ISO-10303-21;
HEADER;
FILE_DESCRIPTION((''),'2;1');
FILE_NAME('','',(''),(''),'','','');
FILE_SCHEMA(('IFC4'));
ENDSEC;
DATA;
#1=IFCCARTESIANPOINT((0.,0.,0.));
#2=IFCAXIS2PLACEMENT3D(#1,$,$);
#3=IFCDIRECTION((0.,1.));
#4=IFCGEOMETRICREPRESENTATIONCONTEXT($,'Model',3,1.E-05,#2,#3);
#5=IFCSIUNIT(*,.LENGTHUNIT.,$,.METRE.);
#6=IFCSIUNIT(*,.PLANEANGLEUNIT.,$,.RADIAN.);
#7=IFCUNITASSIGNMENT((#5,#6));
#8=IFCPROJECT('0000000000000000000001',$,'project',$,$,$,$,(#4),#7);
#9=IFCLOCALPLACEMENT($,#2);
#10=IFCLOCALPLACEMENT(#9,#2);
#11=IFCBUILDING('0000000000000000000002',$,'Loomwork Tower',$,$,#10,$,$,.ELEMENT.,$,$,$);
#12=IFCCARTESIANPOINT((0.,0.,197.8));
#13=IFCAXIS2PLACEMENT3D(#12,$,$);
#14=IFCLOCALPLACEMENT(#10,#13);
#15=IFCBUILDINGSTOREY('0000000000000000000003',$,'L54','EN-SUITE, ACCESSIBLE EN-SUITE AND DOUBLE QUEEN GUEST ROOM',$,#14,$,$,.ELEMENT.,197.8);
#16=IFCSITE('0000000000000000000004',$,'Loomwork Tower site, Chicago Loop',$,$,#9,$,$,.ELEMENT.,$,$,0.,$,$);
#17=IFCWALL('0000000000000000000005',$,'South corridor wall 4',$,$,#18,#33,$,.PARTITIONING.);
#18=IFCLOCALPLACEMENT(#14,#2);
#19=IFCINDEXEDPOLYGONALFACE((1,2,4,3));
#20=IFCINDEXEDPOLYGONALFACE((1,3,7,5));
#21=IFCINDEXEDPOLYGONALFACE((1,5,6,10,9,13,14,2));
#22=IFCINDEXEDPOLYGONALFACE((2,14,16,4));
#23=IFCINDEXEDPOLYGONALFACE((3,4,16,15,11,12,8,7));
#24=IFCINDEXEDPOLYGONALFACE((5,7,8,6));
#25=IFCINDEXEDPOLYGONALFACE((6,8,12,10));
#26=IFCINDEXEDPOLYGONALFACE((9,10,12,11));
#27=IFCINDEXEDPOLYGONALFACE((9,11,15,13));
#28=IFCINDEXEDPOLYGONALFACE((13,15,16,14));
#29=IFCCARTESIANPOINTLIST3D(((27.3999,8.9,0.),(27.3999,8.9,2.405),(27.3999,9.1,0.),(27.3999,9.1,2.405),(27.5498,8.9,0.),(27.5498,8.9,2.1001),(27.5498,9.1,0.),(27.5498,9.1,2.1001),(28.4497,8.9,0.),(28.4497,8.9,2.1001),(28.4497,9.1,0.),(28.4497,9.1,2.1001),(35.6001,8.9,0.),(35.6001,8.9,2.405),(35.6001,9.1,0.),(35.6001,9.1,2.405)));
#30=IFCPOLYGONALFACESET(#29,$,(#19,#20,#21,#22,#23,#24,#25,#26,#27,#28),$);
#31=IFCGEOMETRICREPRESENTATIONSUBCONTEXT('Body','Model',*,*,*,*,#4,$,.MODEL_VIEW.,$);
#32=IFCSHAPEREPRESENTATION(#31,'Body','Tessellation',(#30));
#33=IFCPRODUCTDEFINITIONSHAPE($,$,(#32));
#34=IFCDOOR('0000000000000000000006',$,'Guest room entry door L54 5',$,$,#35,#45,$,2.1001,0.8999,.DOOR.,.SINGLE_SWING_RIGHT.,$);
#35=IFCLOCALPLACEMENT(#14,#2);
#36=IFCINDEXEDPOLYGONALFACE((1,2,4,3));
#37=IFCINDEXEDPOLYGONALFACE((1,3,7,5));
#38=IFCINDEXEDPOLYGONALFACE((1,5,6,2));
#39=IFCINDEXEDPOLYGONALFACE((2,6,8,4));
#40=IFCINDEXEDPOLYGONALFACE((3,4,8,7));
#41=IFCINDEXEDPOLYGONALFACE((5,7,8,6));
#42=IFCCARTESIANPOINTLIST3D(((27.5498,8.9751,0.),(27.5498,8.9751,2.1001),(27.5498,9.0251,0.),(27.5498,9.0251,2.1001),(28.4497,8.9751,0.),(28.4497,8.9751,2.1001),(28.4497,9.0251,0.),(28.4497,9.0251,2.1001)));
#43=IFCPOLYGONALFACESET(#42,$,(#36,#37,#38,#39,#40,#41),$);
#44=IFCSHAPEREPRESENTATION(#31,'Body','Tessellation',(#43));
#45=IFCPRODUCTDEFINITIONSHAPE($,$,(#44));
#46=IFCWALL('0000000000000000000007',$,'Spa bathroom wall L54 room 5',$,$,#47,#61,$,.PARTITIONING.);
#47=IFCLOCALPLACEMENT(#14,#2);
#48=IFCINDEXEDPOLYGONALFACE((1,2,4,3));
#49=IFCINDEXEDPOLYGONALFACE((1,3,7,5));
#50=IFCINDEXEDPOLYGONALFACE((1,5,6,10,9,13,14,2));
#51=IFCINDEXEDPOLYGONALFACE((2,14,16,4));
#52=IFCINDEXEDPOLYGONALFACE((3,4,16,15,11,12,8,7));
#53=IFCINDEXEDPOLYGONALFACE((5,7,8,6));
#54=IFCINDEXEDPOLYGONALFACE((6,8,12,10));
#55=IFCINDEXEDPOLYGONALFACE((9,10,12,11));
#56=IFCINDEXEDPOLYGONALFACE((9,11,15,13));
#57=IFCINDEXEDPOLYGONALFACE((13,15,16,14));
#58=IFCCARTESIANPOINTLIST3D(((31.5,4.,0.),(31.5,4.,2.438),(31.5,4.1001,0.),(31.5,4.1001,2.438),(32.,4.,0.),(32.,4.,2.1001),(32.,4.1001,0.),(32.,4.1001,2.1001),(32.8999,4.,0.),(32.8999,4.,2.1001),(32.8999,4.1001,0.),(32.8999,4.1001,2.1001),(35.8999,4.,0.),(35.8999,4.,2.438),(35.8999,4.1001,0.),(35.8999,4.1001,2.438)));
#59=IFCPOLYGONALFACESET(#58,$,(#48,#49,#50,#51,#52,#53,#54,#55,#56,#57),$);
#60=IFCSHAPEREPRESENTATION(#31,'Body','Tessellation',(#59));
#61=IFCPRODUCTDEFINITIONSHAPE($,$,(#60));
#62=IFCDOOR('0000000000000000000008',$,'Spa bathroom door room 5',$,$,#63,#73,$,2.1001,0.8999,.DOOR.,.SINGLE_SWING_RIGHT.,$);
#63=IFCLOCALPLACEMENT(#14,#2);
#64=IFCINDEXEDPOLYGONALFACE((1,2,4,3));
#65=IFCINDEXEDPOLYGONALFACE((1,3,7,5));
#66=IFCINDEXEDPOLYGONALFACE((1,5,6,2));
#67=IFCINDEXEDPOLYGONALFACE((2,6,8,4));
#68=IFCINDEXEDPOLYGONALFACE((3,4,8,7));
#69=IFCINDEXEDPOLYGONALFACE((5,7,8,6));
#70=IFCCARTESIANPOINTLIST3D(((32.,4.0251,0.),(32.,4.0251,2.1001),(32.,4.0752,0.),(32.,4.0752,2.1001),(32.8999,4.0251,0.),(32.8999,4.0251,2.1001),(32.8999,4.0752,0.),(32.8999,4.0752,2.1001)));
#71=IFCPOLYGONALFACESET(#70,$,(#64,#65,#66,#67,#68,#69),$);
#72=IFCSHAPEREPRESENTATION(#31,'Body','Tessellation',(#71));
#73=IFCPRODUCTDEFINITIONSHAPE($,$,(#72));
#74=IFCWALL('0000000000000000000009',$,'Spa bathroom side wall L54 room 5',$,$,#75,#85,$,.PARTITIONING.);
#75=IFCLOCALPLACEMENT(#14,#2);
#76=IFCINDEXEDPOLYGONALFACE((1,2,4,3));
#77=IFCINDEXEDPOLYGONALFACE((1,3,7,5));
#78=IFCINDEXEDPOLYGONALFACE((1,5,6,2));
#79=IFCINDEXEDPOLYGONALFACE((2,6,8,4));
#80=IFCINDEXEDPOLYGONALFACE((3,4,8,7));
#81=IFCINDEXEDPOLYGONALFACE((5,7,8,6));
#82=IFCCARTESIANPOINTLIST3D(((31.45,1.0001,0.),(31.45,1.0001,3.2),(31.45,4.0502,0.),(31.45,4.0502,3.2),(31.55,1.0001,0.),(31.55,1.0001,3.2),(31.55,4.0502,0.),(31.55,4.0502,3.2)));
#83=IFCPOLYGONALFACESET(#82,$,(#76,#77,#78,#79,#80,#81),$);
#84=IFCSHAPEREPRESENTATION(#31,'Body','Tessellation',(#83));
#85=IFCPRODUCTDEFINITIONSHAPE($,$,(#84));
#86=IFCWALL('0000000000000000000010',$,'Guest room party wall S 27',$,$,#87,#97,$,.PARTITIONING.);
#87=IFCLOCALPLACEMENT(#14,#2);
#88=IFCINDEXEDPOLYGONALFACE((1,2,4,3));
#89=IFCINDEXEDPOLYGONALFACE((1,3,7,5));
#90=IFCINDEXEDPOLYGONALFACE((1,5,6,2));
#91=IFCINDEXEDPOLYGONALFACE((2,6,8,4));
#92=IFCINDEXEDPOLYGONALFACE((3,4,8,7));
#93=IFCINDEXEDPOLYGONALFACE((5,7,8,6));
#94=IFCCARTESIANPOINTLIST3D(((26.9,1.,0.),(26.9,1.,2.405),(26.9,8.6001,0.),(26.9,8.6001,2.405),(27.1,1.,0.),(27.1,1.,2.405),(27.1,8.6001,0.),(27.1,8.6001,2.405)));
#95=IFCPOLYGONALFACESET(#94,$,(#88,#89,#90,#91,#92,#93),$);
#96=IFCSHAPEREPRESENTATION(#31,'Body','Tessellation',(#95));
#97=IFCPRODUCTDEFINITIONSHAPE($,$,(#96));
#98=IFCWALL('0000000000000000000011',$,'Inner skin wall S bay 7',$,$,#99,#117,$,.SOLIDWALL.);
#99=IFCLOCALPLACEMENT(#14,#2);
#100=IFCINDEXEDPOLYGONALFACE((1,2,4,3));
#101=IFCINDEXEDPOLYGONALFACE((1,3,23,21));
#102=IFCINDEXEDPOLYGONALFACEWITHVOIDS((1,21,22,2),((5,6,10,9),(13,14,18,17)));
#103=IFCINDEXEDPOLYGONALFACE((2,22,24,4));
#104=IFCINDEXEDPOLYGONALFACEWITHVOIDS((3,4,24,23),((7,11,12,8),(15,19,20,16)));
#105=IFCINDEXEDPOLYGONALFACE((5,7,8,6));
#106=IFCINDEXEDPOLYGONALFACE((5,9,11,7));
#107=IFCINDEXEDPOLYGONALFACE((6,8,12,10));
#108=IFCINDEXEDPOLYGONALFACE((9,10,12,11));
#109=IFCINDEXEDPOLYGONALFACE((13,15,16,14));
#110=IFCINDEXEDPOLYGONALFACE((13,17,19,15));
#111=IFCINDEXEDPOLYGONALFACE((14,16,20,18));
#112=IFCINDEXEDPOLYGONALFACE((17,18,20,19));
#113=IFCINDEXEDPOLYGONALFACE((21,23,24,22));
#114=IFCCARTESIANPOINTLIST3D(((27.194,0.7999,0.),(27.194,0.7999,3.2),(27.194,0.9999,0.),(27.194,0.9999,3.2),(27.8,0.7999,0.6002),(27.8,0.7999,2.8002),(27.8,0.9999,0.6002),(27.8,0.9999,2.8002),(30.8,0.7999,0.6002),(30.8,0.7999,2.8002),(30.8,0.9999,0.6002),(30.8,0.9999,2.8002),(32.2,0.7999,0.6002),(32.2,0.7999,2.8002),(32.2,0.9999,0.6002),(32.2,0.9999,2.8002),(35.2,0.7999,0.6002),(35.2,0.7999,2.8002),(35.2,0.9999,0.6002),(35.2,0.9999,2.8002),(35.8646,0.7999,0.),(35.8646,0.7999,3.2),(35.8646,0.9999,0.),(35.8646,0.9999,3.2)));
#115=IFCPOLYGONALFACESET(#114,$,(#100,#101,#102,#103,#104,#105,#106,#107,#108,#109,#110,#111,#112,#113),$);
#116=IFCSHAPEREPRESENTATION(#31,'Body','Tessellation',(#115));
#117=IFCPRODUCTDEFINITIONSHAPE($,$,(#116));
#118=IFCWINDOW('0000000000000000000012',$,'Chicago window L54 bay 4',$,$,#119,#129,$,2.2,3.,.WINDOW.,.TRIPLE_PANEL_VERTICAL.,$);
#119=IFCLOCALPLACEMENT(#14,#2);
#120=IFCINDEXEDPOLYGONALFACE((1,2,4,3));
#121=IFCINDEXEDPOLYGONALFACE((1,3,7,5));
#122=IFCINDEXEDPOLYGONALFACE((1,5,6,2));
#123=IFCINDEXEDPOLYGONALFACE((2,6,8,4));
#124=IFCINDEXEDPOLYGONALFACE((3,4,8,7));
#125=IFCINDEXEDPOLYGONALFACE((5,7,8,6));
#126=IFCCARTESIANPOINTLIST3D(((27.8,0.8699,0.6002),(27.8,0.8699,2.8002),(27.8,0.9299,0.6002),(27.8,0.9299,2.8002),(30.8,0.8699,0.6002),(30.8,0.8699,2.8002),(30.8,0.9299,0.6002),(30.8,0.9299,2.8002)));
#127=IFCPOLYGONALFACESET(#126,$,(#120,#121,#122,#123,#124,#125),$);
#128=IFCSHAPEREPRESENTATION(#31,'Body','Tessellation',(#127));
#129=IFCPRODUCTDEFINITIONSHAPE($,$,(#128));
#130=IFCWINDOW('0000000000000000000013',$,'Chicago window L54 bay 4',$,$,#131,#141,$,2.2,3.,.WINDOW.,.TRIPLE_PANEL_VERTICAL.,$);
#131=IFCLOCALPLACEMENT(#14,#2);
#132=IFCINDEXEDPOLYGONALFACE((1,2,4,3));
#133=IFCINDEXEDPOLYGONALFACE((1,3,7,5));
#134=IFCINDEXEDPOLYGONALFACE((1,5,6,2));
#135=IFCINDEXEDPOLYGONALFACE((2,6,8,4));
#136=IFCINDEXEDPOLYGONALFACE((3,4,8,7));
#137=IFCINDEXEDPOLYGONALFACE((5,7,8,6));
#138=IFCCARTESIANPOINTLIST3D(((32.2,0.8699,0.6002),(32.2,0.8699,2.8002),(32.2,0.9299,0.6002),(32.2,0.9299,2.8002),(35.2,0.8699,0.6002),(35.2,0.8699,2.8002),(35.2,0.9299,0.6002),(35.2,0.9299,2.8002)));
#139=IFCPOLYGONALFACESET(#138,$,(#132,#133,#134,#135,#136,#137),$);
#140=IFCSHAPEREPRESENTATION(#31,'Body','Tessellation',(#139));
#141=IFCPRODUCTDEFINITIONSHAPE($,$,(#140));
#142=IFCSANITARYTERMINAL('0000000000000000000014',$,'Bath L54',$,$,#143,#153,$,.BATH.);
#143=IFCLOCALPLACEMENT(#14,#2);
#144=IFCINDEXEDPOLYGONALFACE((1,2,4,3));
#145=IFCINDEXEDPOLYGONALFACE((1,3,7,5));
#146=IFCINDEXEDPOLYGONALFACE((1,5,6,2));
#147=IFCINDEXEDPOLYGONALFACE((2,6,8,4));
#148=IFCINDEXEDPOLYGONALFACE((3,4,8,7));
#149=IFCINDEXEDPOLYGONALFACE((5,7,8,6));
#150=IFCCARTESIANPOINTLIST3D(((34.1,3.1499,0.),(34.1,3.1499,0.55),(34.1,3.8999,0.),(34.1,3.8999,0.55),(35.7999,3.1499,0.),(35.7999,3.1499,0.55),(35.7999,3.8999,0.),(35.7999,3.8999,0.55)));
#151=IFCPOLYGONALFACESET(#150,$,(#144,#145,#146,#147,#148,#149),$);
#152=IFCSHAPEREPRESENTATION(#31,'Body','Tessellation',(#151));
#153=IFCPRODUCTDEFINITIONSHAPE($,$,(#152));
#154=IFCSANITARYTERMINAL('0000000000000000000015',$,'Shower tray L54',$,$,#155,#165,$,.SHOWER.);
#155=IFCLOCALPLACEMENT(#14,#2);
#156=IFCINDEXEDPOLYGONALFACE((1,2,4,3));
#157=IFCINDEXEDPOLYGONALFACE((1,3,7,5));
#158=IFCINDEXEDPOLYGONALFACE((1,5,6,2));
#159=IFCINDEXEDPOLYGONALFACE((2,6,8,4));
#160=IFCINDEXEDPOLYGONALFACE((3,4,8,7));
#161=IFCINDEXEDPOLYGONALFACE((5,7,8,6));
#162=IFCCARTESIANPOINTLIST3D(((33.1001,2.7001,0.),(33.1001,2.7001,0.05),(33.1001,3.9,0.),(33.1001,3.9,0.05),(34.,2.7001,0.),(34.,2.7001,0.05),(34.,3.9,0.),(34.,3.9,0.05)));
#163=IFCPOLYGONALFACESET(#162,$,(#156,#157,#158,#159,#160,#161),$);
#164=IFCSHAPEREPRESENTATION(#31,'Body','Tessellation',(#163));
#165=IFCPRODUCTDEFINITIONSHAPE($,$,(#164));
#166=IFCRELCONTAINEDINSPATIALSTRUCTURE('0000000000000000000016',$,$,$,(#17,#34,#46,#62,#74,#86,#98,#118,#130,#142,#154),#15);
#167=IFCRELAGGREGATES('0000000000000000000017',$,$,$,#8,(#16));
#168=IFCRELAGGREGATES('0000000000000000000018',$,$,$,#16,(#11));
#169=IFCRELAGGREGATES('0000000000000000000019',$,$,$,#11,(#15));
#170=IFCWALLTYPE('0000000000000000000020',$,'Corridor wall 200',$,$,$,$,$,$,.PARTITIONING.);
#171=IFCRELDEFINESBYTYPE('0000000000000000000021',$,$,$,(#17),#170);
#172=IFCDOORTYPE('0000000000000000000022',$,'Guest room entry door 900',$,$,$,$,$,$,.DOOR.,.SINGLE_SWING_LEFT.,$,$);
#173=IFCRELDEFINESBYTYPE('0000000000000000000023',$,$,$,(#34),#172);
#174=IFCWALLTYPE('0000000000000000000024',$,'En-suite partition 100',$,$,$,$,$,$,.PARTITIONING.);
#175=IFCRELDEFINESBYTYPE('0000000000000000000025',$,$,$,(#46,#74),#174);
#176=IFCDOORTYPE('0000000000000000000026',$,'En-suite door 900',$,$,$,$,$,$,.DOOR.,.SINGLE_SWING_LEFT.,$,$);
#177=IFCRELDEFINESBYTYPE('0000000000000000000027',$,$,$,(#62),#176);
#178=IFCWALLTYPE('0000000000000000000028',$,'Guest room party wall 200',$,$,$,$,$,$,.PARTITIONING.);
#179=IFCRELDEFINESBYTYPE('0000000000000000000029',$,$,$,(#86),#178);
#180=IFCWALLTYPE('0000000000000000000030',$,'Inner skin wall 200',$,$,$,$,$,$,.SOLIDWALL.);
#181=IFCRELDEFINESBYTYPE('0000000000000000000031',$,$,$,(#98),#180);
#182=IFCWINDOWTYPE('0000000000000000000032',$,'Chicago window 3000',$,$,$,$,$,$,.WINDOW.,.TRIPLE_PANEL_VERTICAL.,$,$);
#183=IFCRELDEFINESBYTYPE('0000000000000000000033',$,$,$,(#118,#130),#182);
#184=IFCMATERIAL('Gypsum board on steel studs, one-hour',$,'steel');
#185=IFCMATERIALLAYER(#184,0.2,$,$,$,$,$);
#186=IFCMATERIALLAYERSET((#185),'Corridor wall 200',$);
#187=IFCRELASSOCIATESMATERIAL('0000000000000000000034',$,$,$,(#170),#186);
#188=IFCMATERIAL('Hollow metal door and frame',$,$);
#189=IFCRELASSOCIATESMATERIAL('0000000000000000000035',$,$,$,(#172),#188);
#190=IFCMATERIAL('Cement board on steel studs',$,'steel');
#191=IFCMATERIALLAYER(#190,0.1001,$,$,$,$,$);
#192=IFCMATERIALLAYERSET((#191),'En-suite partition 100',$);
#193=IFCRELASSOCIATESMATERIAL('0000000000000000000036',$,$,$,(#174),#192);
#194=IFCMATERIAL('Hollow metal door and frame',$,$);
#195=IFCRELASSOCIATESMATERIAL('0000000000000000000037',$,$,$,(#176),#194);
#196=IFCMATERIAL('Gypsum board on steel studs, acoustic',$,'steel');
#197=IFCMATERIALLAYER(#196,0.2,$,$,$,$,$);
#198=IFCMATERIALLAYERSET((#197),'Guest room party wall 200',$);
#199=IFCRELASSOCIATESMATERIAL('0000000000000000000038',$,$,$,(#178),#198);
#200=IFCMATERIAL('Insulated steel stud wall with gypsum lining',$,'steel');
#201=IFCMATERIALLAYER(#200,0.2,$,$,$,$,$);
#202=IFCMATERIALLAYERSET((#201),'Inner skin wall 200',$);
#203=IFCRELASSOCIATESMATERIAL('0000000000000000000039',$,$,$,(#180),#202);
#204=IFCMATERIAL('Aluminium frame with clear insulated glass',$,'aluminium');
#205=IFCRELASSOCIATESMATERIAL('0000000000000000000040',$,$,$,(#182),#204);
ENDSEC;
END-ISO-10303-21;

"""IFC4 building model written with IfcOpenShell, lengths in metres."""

from ifc_helpers import new_model, si_unit, direction, frame, frame_2d, origin, origin_2d, place, context, subcontext, project, spatial, rectangle, extrude, material, layer, layer_set, type_object, element, fill, save


model = new_model("IFC4")

# Units and contexts
model_context = context("Model", 3, precision=1e-05, world=origin(), true_north=direction((0.0, 1.0)))
body_context = subcontext(model_context, "Body", "Model", "MODEL_VIEW")
ifc_project = project(units=[si_unit("LENGTHUNIT", "METRE"), si_unit("PLANEANGLEUNIT", "RADIAN")], contexts=[model_context])

# Site, building, storey
site_placement = place(None, origin())
site = spatial("IfcSite", under=ifc_project, at=site_placement, Name="Loomwork Tower site, Chicago Loop", CompositionType="ELEMENT", RefElevation=0.0)
building_placement = place(site_placement, origin())
building = spatial("IfcBuilding", under=site, at=building_placement, Name="Loomwork Tower", CompositionType="ELEMENT")
storey_placement = place(building_placement, frame((0.0, 0.0, 197.8)))
storey = spatial("IfcBuildingStorey", under=building, at=storey_placement, Name="L54", Description="EN-SUITE, ACCESSIBLE EN-SUITE AND DOUBLE QUEEN GUEST ROOM", CompositionType="ELEMENT", Elevation=197.8)

# Walls, openings, doors
ifc_material_1 = material(Name="Gypsum board on steel studs, one-hour", Category="steel")
ifc_layer_1 = layer(ifc_material_1, 0.2)
ifc_layer_set_1 = layer_set([ifc_layer_1], Name="Corridor wall 200")
wall_type_1 = type_object("IfcWallType", Name="Corridor wall 200", PredefinedType="PARTITIONING", material=ifc_layer_set_1)
wall_1_placement = place(storey_placement, frame((27.3999, 9.0, 0.0), z_axis=(0.0, 0.0, 1.0), x_axis=(1.0, 0.0, 0.0)))
wall_1 = element("IfcWall", 1, at=wall_1_placement, inside=storey, type_object=wall_type_1, Name="South corridor wall 4", PredefinedType="PARTITIONING", context=body_context, shape_type="SweptSolid", body=[
    extrude(rectangle(XDim=8.2002, YDim=0.2, at=frame_2d((4.1001, 0.0))), origin(), (0.0, 0.0, 1.0), 2.405),
])
opening_1_placement = place(wall_1_placement, frame((0.1499, 0.0, 0.0)))
opening_1 = element("IfcOpeningElement", 2, at=opening_1_placement, cuts=wall_1, PredefinedType="OPENING", context=body_context, shape_type="SweptSolid", body=[
    extrude(rectangle(XDim=0.8999, YDim=2.1001, at=frame_2d((0.45, 1.05))), frame((0.0, 0.1099, 0.0), z_axis=(0.0, -1.0, 0.0), x_axis=(1.0, 0.0, 0.0)), (0.0, 0.0, 1.0), 0.22),
])
ifc_material_2 = material(Name="Hollow metal door and frame")
door_type_1 = type_object("IfcDoorType", Name="Guest room entry door 900", OperationType="SINGLE_SWING_LEFT", PredefinedType="DOOR", material=ifc_material_2)
door_1_placement = place(opening_1_placement, frame((0.8999, 0.0, 0.0), z_axis=(0.0, 0.0, 1.0), x_axis=(-1.0, 0.0, 0.0)))
door_1 = element("IfcDoor", 3, at=door_1_placement, inside=storey, type_object=door_type_1, Name="Guest room entry door L54 5", OperationType="SINGLE_SWING_RIGHT", OverallHeight=2.1001, OverallWidth=0.8999, PredefinedType="DOOR", context=body_context, shape_type="SweptSolid", body=[
    extrude(rectangle(XDim=0.8999, YDim=2.1001, at=frame_2d((0.45, 1.05))), frame((0.0, 0.0249, 0.0), z_axis=(0.0, -1.0, 0.0), x_axis=(1.0, 0.0, 0.0)), (0.0, 0.0, 1.0), 0.05),
])
fill(opening_1, door_1)
ifc_material_3 = material(Name="Cement board on steel studs", Category="steel")
ifc_layer_2 = layer(ifc_material_3, 0.1001)
ifc_layer_set_2 = layer_set([ifc_layer_2], Name="En-suite partition 100")
wall_type_2 = type_object("IfcWallType", Name="En-suite partition 100", PredefinedType="PARTITIONING", material=ifc_layer_set_2)
wall_2_placement = place(storey_placement, frame((31.5, 4.05, 0.0), z_axis=(0.0, 0.0, 1.0), x_axis=(1.0, 0.0, 0.0)))
wall_2 = element("IfcWall", 4, at=wall_2_placement, inside=storey, type_object=wall_type_2, Name="Spa bathroom wall L54 room 5", PredefinedType="PARTITIONING", context=body_context, shape_type="SweptSolid", body=[
    extrude(rectangle(XDim=4.3999, YDim=0.1001, at=frame_2d((2.2, 0.0))), origin(), (0.0, 0.0, 1.0), 2.438),
])
opening_2_placement = place(wall_2_placement, frame((0.5, 0.0, 0.0)))
opening_2 = element("IfcOpeningElement", 5, at=opening_2_placement, cuts=wall_2, PredefinedType="OPENING", context=body_context, shape_type="SweptSolid", body=[
    extrude(rectangle(XDim=0.8999, YDim=2.1001, at=frame_2d((0.45, 1.05))), frame((0.0, 0.0601, 0.0), z_axis=(0.0, -1.0, 0.0), x_axis=(1.0, 0.0, 0.0)), (0.0, 0.0, 1.0), 0.1201),
])
ifc_material_4 = material(Name="Hollow metal door and frame")
door_type_2 = type_object("IfcDoorType", Name="En-suite door 900", OperationType="SINGLE_SWING_LEFT", PredefinedType="DOOR", material=ifc_material_4)
door_2_placement = place(opening_2_placement, frame((0.8999, 0.0, 0.0), z_axis=(0.0, 0.0, 1.0), x_axis=(-1.0, 0.0, 0.0)))
door_2 = element("IfcDoor", 6, at=door_2_placement, inside=storey, type_object=door_type_2, Name="Spa bathroom door room 5", OperationType="SINGLE_SWING_RIGHT", OverallHeight=2.1001, OverallWidth=0.8999, PredefinedType="DOOR", context=body_context, shape_type="SweptSolid", body=[
    extrude(rectangle(XDim=0.8999, YDim=2.1001, at=frame_2d((0.45, 1.05))), frame((0.0, 0.0249, 0.0), z_axis=(0.0, -1.0, 0.0), x_axis=(1.0, 0.0, 0.0)), (0.0, 0.0, 1.0), 0.05),
])
fill(opening_2, door_2)

# Walls
wall_3_placement = place(storey_placement, frame((31.5, 4.05, 0.0), z_axis=(0.0, 0.0, 1.0), x_axis=(0.0, -1.0, 0.0)))
element("IfcWall", 7, at=wall_3_placement, inside=storey, type_object=wall_type_2, Name="Spa bathroom side wall L54 room 5", PredefinedType="PARTITIONING", context=body_context, shape_type="SweptSolid", body=[
    extrude(rectangle(XDim=3.05, YDim=0.1001, at=frame_2d((1.5249, 0.0))), origin(), (0.0, 0.0, 1.0), 3.2),
])
ifc_material_5 = material(Name="Gypsum board on steel studs, acoustic", Category="steel")
ifc_layer_3 = layer(ifc_material_5, 0.2)
ifc_layer_set_3 = layer_set([ifc_layer_3], Name="Guest room party wall 200")
wall_type_3 = type_object("IfcWallType", Name="Guest room party wall 200", PredefinedType="PARTITIONING", material=ifc_layer_set_3)
wall_4_placement = place(storey_placement, frame((27.0, 8.6001, 0.0), z_axis=(0.0, 0.0, 1.0), x_axis=(0.0, -1.0, 0.0)))
element("IfcWall", 8, at=wall_4_placement, inside=storey, type_object=wall_type_3, Name="Guest room party wall S 27", PredefinedType="PARTITIONING", context=body_context, shape_type="SweptSolid", body=[
    extrude(rectangle(XDim=7.6001, YDim=0.2, at=frame_2d((3.8, 0.0))), origin(), (0.0, 0.0, 1.0), 2.405),
])

# Wall, openings, windows
ifc_material_6 = material(Name="Insulated steel stud wall with gypsum lining", Category="steel")
ifc_layer_4 = layer(ifc_material_6, 0.2)
ifc_layer_set_4 = layer_set([ifc_layer_4], Name="Inner skin wall 200")
wall_type_4 = type_object("IfcWallType", Name="Inner skin wall 200", PredefinedType="SOLIDWALL", material=ifc_layer_set_4)
wall_5_placement = place(storey_placement, frame((27.1938, 0.8999, 0.0), z_axis=(0.0, 0.0, 1.0), x_axis=(1.0, 0.0, 0.0)))
wall_5 = element("IfcWall", 9, at=wall_5_placement, inside=storey, type_object=wall_type_4, Name="Inner skin wall S bay 7", PredefinedType="SOLIDWALL", context=body_context, shape_type="SweptSolid", body=[
    extrude(rectangle(XDim=8.6707, YDim=0.2, at=frame_2d((4.3354, 0.0))), origin(), (0.0, 0.0, 1.0), 3.2),
])
opening_3_placement = place(wall_5_placement, frame((0.6062, 0.0, 0.6001)))
opening_3 = element("IfcOpeningElement", 10, at=opening_3_placement, cuts=wall_5, PredefinedType="OPENING", context=body_context, shape_type="SweptSolid", body=[
    extrude(rectangle(XDim=3.0, YDim=2.2, at=frame_2d((1.5, 1.1001))), frame((0.0, 0.1099, 0.0), z_axis=(0.0, -1.0, 0.0), x_axis=(1.0, 0.0, 0.0)), (0.0, 0.0, 1.0), 0.22),
])
opening_4_placement = place(wall_5_placement, frame((5.0061, 0.0, 0.6001)))
opening_4 = element("IfcOpeningElement", 11, at=opening_4_placement, cuts=wall_5, PredefinedType="OPENING", context=body_context, shape_type="SweptSolid", body=[
    extrude(rectangle(XDim=3.0, YDim=2.2, at=frame_2d((1.5, 1.1001))), frame((0.0, 0.1099, 0.0), z_axis=(0.0, -1.0, 0.0), x_axis=(1.0, 0.0, 0.0)), (0.0, 0.0, 1.0), 0.22),
])
ifc_material_7 = material(Name="Aluminium frame with clear insulated glass", Category="aluminium")
window_type = type_object("IfcWindowType", Name="Chicago window 3000", PartitioningType="TRIPLE_PANEL_VERTICAL", PredefinedType="WINDOW", material=ifc_material_7)
window_1_placement = place(opening_3_placement, origin())
window_1 = element("IfcWindow", 12, at=window_1_placement, inside=storey, type_object=window_type, Name="Chicago window L54 bay 4", OverallHeight=2.2, OverallWidth=3.0, PartitioningType="TRIPLE_PANEL_VERTICAL", PredefinedType="WINDOW", context=body_context, shape_type="SweptSolid", body=[
    extrude(rectangle(XDim=3.0, YDim=2.2, at=frame_2d((1.5, 1.1001))), frame((0.0, 0.03, 0.0), z_axis=(0.0, -1.0, 0.0), x_axis=(1.0, 0.0, 0.0)), (0.0, 0.0, 1.0), 0.0601),
])
fill(opening_3, window_1)
window_2_placement = place(opening_4_placement, origin())
window_2 = element("IfcWindow", 13, at=window_2_placement, inside=storey, type_object=window_type, Name="Chicago window L54 bay 4", OverallHeight=2.2, OverallWidth=3.0, PartitioningType="TRIPLE_PANEL_VERTICAL", PredefinedType="WINDOW", context=body_context, shape_type="SweptSolid", body=[
    extrude(rectangle(XDim=3.0, YDim=2.2, at=frame_2d((1.5, 1.1001))), frame((0.0, 0.03, 0.0), z_axis=(0.0, -1.0, 0.0), x_axis=(1.0, 0.0, 0.0)), (0.0, 0.0, 1.0), 0.0601),
])
fill(opening_4, window_2)

# Sanitary terminals
sanitary_terminal_1_placement = place(storey_placement, frame((34.95, 3.5249, 0.0), z_axis=(0.0, 0.0, 1.0), x_axis=(1.0, 0.0, 0.0)))
element("IfcSanitaryTerminal", 14, at=sanitary_terminal_1_placement, inside=storey, Name="Bath L54", PredefinedType="BATH", context=body_context, shape_type="SweptSolid", body=[
    extrude(rectangle(XDim=1.7, YDim=0.75, at=origin_2d()), origin(), (0.0, 0.0, 1.0), 0.55),
])
sanitary_terminal_2_placement = place(storey_placement, frame((33.55, 3.3, 0.0), z_axis=(0.0, 0.0, 1.0), x_axis=(1.0, 0.0, 0.0)))
element("IfcSanitaryTerminal", 15, at=sanitary_terminal_2_placement, inside=storey, Name="Shower tray L54", PredefinedType="SHOWER", context=body_context, shape_type="SweptSolid", body=[
    extrude(rectangle(XDim=0.8999, YDim=1.2, at=origin_2d()), origin(), (0.0, 0.0, 1.0), 0.05),
])

save(model, "model.ifc")
